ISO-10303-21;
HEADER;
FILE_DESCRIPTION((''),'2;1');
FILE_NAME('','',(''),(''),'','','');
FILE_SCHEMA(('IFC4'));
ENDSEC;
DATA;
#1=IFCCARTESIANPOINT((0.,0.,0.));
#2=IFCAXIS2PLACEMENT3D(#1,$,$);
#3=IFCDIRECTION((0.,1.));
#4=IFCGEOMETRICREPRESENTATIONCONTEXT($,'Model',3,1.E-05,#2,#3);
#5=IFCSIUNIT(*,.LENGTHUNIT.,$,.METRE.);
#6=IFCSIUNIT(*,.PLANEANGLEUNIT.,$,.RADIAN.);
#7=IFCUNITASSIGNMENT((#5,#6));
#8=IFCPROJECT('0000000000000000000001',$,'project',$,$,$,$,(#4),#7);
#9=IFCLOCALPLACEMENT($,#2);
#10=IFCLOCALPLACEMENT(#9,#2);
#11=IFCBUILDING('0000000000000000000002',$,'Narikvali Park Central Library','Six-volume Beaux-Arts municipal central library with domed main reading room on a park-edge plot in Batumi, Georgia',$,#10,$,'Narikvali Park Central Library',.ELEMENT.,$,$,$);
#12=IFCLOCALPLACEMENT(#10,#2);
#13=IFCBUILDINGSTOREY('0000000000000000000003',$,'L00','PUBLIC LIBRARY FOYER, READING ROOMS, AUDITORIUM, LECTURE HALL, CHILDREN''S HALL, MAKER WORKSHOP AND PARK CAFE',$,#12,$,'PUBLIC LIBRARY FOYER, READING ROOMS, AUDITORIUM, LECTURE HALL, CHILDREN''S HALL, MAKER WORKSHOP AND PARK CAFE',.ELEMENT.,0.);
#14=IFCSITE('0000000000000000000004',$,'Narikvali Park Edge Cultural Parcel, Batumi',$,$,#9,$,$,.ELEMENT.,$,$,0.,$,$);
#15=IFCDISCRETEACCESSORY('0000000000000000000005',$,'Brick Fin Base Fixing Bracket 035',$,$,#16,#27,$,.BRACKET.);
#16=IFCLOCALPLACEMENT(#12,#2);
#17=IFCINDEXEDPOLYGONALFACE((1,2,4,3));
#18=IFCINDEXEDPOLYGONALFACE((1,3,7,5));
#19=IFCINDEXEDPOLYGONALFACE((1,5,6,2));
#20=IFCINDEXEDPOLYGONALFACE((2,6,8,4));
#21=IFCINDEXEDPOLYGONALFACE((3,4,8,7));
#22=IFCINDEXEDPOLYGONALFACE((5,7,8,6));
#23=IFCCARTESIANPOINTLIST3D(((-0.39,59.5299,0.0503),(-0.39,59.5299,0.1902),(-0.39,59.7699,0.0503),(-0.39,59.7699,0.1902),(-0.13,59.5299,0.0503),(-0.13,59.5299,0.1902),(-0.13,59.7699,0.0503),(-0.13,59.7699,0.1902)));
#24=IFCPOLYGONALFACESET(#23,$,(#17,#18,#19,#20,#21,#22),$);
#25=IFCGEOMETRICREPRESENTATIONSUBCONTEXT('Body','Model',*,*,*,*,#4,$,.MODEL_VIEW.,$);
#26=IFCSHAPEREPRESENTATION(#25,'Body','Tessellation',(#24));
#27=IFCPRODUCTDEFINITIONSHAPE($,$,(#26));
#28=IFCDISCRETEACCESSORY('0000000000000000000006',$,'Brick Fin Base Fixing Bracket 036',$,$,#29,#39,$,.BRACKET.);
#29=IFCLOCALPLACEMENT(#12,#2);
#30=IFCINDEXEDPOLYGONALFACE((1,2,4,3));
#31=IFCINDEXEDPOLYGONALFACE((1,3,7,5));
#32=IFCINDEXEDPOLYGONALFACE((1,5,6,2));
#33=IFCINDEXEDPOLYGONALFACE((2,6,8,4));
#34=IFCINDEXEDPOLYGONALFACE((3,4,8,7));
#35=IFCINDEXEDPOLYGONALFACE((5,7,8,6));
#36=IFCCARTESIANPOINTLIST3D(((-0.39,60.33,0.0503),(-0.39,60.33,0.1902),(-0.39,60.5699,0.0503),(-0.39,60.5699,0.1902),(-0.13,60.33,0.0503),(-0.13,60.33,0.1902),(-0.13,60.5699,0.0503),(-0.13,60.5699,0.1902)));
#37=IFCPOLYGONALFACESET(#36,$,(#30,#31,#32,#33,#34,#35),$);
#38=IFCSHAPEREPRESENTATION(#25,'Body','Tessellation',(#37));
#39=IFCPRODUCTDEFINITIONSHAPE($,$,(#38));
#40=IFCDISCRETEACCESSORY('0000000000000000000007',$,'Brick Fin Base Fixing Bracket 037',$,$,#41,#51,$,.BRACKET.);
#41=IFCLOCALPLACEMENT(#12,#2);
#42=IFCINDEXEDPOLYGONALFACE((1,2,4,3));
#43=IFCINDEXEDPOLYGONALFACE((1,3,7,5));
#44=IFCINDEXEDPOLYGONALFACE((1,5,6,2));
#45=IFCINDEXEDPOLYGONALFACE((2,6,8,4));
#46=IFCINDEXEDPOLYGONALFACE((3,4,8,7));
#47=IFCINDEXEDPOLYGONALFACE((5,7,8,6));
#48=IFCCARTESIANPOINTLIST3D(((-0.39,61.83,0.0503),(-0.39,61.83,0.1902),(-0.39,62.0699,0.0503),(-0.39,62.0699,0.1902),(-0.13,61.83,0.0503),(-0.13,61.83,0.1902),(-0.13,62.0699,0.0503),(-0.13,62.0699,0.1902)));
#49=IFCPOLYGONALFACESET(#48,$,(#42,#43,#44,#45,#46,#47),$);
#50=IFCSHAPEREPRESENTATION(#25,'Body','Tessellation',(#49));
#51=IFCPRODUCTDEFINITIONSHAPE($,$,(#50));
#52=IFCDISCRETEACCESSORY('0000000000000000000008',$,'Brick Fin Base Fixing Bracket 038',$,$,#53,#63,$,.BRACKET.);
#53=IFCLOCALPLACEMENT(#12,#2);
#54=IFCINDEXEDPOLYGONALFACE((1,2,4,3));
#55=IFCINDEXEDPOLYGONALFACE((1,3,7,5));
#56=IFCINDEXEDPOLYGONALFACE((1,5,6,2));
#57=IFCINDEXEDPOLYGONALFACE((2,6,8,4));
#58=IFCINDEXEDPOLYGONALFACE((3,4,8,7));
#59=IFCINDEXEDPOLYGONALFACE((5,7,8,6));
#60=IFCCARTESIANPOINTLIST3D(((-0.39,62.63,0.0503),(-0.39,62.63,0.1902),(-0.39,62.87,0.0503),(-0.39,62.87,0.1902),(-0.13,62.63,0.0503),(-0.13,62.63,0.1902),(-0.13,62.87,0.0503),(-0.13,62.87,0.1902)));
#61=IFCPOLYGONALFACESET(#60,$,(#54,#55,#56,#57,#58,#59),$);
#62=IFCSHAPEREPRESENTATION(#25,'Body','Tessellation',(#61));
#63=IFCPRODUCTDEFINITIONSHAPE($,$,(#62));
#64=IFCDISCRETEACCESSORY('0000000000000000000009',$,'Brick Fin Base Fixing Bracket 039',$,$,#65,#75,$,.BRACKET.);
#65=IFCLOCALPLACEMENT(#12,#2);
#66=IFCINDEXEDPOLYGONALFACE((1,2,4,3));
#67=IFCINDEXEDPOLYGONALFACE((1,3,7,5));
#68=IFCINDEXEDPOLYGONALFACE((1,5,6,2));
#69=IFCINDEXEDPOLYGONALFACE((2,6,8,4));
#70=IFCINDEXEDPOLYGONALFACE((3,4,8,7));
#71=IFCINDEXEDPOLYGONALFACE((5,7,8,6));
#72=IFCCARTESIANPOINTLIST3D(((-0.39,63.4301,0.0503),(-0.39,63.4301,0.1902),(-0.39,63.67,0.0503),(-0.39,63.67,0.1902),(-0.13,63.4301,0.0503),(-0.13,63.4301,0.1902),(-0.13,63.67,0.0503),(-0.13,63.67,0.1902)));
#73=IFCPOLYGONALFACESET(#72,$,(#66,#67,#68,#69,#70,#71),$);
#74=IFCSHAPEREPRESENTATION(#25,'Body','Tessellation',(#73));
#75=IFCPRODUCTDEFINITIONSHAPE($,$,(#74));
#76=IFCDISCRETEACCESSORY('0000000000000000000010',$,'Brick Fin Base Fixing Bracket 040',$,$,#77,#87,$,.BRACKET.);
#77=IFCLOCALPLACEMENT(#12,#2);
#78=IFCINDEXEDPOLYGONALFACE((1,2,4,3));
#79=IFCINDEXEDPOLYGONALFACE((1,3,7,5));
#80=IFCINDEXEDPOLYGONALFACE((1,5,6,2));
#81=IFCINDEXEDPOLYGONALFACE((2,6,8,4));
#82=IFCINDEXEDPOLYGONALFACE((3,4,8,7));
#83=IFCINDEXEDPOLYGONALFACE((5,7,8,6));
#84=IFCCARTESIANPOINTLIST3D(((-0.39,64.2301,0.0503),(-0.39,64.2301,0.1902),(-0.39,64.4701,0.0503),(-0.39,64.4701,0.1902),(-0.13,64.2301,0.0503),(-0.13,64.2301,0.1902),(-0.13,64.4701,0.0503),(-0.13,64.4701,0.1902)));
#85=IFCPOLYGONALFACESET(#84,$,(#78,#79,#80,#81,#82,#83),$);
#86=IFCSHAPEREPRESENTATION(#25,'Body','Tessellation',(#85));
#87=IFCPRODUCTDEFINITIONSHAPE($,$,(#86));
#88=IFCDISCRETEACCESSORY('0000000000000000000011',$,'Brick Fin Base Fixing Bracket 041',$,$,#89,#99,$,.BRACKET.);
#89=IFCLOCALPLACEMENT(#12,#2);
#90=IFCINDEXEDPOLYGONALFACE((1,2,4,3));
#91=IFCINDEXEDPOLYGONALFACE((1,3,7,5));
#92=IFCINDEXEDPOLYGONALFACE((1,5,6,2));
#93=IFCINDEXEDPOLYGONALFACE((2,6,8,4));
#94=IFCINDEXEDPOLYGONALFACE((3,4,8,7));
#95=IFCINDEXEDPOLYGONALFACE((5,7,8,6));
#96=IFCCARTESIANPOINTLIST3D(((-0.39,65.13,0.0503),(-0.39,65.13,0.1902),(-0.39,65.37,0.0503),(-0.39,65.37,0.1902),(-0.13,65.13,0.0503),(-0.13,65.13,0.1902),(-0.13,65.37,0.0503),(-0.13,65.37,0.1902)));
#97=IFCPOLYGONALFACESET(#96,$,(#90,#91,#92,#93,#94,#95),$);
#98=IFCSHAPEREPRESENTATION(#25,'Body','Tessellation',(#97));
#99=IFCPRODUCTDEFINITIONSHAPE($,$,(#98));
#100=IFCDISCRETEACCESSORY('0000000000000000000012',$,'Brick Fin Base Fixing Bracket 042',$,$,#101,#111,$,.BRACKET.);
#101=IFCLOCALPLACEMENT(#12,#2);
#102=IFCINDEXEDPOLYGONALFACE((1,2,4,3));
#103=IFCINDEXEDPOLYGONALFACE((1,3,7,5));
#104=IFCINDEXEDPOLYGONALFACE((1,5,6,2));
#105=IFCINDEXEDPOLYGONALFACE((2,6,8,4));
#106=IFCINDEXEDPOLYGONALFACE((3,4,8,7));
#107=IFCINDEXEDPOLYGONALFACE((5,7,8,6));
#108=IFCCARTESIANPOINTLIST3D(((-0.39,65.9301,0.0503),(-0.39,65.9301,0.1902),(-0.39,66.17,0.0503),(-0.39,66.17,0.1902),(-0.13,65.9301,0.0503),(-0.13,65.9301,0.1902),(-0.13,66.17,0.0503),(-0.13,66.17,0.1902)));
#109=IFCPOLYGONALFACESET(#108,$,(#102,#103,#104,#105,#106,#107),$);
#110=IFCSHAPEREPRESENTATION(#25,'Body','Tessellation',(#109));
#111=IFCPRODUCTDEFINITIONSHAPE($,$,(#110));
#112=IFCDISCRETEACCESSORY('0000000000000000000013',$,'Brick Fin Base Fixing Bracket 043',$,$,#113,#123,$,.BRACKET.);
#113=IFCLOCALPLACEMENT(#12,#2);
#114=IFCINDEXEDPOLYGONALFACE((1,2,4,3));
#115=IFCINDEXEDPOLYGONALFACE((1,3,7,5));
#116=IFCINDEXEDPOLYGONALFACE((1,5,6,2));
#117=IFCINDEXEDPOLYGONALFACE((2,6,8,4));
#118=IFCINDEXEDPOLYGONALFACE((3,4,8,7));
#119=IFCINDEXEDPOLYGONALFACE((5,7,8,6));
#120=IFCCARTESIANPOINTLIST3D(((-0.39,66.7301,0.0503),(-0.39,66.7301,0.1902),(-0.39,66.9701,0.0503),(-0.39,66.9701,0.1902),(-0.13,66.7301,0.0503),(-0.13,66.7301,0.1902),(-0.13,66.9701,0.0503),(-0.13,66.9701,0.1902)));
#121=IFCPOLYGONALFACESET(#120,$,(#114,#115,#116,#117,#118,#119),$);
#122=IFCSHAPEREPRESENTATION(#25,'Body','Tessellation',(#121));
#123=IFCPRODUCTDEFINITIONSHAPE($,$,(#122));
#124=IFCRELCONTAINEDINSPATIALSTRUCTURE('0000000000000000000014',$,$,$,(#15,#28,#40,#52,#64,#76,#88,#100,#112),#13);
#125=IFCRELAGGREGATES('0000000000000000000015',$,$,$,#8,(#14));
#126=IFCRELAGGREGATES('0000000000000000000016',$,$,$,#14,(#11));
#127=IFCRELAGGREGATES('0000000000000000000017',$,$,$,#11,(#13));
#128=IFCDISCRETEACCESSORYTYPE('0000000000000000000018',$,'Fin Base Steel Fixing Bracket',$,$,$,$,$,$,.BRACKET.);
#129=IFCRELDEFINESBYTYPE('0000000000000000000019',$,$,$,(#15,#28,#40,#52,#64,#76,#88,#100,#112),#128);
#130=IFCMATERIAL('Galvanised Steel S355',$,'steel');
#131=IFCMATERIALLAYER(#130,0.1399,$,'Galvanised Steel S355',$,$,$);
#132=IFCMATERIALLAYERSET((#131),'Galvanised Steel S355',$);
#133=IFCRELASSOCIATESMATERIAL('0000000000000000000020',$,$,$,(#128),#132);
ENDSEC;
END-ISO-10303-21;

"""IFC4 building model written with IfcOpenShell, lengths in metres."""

from ifc_helpers import new_model, si_unit, direction, frame, origin, origin_2d, place, context, subcontext, project, spatial, rectangle, extrude, material, layer, layer_set, type_object, element, save


model = new_model("IFC4")

# Units and contexts
model_context = context("Model", 3, precision=1e-05, world=origin(), true_north=direction((0.0, 1.0)))
body_context = subcontext(model_context, "Body", "Model", "MODEL_VIEW")
ifc_project = project(units=[si_unit("LENGTHUNIT", "METRE"), si_unit("PLANEANGLEUNIT", "RADIAN")], contexts=[model_context])

# Site, building, storey
site_placement = place(None, origin())
site = spatial("IfcSite", under=ifc_project, at=site_placement, Name="Narikvali Park Edge Cultural Parcel, Batumi", CompositionType="ELEMENT", RefElevation=0.0)
building_placement = place(site_placement, origin())
building = spatial("IfcBuilding", under=site, at=building_placement, Name="Narikvali Park Central Library", Description="Six-volume Beaux-Arts municipal central library with domed main reading room on a park-edge plot in Batumi, Georgia", LongName="Narikvali Park Central Library", CompositionType="ELEMENT")
storey_placement = place(building_placement, origin())
storey = spatial("IfcBuildingStorey", under=building, at=storey_placement, Name="L00", Description="PUBLIC LIBRARY FOYER, READING ROOMS, AUDITORIUM, LECTURE HALL, CHILDREN'S HALL, MAKER WORKSHOP AND PARK CAFE", LongName="PUBLIC LIBRARY FOYER, READING ROOMS, AUDITORIUM, LECTURE HALL, CHILDREN'S HALL, MAKER WORKSHOP AND PARK CAFE", CompositionType="ELEMENT", Elevation=0.0)

# Discrete accessories
ifc_material_1 = material(Name="Galvanised Steel S355", Category="steel")
ifc_layer_1 = layer(ifc_material_1, 0.1399, Name="Galvanised Steel S355")
ifc_layer_set_1 = layer_set([ifc_layer_1], Name="Galvanised Steel S355")
discrete_accessory_type_1 = type_object("IfcDiscreteAccessoryType", Name="Fin Base Steel Fixing Bracket", PredefinedType="BRACKET", material=ifc_layer_set_1)
for number, where, z_axis, x_axis, name in (
    (1, (-0.26, 59.6499, 0.0503), (0.0, 0.0, 1.0), (1.0, 0.0, 0.0), "Brick Fin Base Fixing Bracket 035"),
    (2, (-0.26, 60.45, 0.0503), (0.0, 0.0, 1.0), (1.0, 0.0, 0.0), "Brick Fin Base Fixing Bracket 036"),
    (3, (-0.26, 61.95, 0.0503), (0.0, 0.0, 1.0), (1.0, 0.0, 0.0), "Brick Fin Base Fixing Bracket 037"),
    (4, (-0.26, 62.75, 0.0503), (0.0, 0.0, 1.0), (1.0, 0.0, 0.0), "Brick Fin Base Fixing Bracket 038"),
    (5, (-0.26, 63.55, 0.0503), (0.0, 0.0, 1.0), (1.0, 0.0, 0.0), "Brick Fin Base Fixing Bracket 039"),
    (6, (-0.26, 64.3501, 0.0503), (0.0, 0.0, 1.0), (1.0, 0.0, 0.0), "Brick Fin Base Fixing Bracket 040"),
    (7, (-0.26, 65.25, 0.0503), (0.0, 0.0, 1.0), (1.0, 0.0, 0.0), "Brick Fin Base Fixing Bracket 041"),
    (8, (-0.26, 66.05, 0.0503), (0.0, 0.0, 1.0), (1.0, 0.0, 0.0), "Brick Fin Base Fixing Bracket 042"),
    (9, (-0.26, 66.8501, 0.0503), (0.0, 0.0, 1.0), (1.0, 0.0, 0.0), "Brick Fin Base Fixing Bracket 043"),
):
    element("IfcDiscreteAccessory", number, at=place(storey_placement, frame(where, z_axis=z_axis, x_axis=x_axis)), inside=storey, type_object=discrete_accessory_type_1, Name=name, PredefinedType="BRACKET", context=body_context, shape_type="SweptSolid", body=[
        extrude(rectangle(XDim=0.26, YDim=0.24, at=origin_2d()), origin(), (0.0, 0.0, 1.0), 0.1399),
    ])

save(model, "model.ifc")
